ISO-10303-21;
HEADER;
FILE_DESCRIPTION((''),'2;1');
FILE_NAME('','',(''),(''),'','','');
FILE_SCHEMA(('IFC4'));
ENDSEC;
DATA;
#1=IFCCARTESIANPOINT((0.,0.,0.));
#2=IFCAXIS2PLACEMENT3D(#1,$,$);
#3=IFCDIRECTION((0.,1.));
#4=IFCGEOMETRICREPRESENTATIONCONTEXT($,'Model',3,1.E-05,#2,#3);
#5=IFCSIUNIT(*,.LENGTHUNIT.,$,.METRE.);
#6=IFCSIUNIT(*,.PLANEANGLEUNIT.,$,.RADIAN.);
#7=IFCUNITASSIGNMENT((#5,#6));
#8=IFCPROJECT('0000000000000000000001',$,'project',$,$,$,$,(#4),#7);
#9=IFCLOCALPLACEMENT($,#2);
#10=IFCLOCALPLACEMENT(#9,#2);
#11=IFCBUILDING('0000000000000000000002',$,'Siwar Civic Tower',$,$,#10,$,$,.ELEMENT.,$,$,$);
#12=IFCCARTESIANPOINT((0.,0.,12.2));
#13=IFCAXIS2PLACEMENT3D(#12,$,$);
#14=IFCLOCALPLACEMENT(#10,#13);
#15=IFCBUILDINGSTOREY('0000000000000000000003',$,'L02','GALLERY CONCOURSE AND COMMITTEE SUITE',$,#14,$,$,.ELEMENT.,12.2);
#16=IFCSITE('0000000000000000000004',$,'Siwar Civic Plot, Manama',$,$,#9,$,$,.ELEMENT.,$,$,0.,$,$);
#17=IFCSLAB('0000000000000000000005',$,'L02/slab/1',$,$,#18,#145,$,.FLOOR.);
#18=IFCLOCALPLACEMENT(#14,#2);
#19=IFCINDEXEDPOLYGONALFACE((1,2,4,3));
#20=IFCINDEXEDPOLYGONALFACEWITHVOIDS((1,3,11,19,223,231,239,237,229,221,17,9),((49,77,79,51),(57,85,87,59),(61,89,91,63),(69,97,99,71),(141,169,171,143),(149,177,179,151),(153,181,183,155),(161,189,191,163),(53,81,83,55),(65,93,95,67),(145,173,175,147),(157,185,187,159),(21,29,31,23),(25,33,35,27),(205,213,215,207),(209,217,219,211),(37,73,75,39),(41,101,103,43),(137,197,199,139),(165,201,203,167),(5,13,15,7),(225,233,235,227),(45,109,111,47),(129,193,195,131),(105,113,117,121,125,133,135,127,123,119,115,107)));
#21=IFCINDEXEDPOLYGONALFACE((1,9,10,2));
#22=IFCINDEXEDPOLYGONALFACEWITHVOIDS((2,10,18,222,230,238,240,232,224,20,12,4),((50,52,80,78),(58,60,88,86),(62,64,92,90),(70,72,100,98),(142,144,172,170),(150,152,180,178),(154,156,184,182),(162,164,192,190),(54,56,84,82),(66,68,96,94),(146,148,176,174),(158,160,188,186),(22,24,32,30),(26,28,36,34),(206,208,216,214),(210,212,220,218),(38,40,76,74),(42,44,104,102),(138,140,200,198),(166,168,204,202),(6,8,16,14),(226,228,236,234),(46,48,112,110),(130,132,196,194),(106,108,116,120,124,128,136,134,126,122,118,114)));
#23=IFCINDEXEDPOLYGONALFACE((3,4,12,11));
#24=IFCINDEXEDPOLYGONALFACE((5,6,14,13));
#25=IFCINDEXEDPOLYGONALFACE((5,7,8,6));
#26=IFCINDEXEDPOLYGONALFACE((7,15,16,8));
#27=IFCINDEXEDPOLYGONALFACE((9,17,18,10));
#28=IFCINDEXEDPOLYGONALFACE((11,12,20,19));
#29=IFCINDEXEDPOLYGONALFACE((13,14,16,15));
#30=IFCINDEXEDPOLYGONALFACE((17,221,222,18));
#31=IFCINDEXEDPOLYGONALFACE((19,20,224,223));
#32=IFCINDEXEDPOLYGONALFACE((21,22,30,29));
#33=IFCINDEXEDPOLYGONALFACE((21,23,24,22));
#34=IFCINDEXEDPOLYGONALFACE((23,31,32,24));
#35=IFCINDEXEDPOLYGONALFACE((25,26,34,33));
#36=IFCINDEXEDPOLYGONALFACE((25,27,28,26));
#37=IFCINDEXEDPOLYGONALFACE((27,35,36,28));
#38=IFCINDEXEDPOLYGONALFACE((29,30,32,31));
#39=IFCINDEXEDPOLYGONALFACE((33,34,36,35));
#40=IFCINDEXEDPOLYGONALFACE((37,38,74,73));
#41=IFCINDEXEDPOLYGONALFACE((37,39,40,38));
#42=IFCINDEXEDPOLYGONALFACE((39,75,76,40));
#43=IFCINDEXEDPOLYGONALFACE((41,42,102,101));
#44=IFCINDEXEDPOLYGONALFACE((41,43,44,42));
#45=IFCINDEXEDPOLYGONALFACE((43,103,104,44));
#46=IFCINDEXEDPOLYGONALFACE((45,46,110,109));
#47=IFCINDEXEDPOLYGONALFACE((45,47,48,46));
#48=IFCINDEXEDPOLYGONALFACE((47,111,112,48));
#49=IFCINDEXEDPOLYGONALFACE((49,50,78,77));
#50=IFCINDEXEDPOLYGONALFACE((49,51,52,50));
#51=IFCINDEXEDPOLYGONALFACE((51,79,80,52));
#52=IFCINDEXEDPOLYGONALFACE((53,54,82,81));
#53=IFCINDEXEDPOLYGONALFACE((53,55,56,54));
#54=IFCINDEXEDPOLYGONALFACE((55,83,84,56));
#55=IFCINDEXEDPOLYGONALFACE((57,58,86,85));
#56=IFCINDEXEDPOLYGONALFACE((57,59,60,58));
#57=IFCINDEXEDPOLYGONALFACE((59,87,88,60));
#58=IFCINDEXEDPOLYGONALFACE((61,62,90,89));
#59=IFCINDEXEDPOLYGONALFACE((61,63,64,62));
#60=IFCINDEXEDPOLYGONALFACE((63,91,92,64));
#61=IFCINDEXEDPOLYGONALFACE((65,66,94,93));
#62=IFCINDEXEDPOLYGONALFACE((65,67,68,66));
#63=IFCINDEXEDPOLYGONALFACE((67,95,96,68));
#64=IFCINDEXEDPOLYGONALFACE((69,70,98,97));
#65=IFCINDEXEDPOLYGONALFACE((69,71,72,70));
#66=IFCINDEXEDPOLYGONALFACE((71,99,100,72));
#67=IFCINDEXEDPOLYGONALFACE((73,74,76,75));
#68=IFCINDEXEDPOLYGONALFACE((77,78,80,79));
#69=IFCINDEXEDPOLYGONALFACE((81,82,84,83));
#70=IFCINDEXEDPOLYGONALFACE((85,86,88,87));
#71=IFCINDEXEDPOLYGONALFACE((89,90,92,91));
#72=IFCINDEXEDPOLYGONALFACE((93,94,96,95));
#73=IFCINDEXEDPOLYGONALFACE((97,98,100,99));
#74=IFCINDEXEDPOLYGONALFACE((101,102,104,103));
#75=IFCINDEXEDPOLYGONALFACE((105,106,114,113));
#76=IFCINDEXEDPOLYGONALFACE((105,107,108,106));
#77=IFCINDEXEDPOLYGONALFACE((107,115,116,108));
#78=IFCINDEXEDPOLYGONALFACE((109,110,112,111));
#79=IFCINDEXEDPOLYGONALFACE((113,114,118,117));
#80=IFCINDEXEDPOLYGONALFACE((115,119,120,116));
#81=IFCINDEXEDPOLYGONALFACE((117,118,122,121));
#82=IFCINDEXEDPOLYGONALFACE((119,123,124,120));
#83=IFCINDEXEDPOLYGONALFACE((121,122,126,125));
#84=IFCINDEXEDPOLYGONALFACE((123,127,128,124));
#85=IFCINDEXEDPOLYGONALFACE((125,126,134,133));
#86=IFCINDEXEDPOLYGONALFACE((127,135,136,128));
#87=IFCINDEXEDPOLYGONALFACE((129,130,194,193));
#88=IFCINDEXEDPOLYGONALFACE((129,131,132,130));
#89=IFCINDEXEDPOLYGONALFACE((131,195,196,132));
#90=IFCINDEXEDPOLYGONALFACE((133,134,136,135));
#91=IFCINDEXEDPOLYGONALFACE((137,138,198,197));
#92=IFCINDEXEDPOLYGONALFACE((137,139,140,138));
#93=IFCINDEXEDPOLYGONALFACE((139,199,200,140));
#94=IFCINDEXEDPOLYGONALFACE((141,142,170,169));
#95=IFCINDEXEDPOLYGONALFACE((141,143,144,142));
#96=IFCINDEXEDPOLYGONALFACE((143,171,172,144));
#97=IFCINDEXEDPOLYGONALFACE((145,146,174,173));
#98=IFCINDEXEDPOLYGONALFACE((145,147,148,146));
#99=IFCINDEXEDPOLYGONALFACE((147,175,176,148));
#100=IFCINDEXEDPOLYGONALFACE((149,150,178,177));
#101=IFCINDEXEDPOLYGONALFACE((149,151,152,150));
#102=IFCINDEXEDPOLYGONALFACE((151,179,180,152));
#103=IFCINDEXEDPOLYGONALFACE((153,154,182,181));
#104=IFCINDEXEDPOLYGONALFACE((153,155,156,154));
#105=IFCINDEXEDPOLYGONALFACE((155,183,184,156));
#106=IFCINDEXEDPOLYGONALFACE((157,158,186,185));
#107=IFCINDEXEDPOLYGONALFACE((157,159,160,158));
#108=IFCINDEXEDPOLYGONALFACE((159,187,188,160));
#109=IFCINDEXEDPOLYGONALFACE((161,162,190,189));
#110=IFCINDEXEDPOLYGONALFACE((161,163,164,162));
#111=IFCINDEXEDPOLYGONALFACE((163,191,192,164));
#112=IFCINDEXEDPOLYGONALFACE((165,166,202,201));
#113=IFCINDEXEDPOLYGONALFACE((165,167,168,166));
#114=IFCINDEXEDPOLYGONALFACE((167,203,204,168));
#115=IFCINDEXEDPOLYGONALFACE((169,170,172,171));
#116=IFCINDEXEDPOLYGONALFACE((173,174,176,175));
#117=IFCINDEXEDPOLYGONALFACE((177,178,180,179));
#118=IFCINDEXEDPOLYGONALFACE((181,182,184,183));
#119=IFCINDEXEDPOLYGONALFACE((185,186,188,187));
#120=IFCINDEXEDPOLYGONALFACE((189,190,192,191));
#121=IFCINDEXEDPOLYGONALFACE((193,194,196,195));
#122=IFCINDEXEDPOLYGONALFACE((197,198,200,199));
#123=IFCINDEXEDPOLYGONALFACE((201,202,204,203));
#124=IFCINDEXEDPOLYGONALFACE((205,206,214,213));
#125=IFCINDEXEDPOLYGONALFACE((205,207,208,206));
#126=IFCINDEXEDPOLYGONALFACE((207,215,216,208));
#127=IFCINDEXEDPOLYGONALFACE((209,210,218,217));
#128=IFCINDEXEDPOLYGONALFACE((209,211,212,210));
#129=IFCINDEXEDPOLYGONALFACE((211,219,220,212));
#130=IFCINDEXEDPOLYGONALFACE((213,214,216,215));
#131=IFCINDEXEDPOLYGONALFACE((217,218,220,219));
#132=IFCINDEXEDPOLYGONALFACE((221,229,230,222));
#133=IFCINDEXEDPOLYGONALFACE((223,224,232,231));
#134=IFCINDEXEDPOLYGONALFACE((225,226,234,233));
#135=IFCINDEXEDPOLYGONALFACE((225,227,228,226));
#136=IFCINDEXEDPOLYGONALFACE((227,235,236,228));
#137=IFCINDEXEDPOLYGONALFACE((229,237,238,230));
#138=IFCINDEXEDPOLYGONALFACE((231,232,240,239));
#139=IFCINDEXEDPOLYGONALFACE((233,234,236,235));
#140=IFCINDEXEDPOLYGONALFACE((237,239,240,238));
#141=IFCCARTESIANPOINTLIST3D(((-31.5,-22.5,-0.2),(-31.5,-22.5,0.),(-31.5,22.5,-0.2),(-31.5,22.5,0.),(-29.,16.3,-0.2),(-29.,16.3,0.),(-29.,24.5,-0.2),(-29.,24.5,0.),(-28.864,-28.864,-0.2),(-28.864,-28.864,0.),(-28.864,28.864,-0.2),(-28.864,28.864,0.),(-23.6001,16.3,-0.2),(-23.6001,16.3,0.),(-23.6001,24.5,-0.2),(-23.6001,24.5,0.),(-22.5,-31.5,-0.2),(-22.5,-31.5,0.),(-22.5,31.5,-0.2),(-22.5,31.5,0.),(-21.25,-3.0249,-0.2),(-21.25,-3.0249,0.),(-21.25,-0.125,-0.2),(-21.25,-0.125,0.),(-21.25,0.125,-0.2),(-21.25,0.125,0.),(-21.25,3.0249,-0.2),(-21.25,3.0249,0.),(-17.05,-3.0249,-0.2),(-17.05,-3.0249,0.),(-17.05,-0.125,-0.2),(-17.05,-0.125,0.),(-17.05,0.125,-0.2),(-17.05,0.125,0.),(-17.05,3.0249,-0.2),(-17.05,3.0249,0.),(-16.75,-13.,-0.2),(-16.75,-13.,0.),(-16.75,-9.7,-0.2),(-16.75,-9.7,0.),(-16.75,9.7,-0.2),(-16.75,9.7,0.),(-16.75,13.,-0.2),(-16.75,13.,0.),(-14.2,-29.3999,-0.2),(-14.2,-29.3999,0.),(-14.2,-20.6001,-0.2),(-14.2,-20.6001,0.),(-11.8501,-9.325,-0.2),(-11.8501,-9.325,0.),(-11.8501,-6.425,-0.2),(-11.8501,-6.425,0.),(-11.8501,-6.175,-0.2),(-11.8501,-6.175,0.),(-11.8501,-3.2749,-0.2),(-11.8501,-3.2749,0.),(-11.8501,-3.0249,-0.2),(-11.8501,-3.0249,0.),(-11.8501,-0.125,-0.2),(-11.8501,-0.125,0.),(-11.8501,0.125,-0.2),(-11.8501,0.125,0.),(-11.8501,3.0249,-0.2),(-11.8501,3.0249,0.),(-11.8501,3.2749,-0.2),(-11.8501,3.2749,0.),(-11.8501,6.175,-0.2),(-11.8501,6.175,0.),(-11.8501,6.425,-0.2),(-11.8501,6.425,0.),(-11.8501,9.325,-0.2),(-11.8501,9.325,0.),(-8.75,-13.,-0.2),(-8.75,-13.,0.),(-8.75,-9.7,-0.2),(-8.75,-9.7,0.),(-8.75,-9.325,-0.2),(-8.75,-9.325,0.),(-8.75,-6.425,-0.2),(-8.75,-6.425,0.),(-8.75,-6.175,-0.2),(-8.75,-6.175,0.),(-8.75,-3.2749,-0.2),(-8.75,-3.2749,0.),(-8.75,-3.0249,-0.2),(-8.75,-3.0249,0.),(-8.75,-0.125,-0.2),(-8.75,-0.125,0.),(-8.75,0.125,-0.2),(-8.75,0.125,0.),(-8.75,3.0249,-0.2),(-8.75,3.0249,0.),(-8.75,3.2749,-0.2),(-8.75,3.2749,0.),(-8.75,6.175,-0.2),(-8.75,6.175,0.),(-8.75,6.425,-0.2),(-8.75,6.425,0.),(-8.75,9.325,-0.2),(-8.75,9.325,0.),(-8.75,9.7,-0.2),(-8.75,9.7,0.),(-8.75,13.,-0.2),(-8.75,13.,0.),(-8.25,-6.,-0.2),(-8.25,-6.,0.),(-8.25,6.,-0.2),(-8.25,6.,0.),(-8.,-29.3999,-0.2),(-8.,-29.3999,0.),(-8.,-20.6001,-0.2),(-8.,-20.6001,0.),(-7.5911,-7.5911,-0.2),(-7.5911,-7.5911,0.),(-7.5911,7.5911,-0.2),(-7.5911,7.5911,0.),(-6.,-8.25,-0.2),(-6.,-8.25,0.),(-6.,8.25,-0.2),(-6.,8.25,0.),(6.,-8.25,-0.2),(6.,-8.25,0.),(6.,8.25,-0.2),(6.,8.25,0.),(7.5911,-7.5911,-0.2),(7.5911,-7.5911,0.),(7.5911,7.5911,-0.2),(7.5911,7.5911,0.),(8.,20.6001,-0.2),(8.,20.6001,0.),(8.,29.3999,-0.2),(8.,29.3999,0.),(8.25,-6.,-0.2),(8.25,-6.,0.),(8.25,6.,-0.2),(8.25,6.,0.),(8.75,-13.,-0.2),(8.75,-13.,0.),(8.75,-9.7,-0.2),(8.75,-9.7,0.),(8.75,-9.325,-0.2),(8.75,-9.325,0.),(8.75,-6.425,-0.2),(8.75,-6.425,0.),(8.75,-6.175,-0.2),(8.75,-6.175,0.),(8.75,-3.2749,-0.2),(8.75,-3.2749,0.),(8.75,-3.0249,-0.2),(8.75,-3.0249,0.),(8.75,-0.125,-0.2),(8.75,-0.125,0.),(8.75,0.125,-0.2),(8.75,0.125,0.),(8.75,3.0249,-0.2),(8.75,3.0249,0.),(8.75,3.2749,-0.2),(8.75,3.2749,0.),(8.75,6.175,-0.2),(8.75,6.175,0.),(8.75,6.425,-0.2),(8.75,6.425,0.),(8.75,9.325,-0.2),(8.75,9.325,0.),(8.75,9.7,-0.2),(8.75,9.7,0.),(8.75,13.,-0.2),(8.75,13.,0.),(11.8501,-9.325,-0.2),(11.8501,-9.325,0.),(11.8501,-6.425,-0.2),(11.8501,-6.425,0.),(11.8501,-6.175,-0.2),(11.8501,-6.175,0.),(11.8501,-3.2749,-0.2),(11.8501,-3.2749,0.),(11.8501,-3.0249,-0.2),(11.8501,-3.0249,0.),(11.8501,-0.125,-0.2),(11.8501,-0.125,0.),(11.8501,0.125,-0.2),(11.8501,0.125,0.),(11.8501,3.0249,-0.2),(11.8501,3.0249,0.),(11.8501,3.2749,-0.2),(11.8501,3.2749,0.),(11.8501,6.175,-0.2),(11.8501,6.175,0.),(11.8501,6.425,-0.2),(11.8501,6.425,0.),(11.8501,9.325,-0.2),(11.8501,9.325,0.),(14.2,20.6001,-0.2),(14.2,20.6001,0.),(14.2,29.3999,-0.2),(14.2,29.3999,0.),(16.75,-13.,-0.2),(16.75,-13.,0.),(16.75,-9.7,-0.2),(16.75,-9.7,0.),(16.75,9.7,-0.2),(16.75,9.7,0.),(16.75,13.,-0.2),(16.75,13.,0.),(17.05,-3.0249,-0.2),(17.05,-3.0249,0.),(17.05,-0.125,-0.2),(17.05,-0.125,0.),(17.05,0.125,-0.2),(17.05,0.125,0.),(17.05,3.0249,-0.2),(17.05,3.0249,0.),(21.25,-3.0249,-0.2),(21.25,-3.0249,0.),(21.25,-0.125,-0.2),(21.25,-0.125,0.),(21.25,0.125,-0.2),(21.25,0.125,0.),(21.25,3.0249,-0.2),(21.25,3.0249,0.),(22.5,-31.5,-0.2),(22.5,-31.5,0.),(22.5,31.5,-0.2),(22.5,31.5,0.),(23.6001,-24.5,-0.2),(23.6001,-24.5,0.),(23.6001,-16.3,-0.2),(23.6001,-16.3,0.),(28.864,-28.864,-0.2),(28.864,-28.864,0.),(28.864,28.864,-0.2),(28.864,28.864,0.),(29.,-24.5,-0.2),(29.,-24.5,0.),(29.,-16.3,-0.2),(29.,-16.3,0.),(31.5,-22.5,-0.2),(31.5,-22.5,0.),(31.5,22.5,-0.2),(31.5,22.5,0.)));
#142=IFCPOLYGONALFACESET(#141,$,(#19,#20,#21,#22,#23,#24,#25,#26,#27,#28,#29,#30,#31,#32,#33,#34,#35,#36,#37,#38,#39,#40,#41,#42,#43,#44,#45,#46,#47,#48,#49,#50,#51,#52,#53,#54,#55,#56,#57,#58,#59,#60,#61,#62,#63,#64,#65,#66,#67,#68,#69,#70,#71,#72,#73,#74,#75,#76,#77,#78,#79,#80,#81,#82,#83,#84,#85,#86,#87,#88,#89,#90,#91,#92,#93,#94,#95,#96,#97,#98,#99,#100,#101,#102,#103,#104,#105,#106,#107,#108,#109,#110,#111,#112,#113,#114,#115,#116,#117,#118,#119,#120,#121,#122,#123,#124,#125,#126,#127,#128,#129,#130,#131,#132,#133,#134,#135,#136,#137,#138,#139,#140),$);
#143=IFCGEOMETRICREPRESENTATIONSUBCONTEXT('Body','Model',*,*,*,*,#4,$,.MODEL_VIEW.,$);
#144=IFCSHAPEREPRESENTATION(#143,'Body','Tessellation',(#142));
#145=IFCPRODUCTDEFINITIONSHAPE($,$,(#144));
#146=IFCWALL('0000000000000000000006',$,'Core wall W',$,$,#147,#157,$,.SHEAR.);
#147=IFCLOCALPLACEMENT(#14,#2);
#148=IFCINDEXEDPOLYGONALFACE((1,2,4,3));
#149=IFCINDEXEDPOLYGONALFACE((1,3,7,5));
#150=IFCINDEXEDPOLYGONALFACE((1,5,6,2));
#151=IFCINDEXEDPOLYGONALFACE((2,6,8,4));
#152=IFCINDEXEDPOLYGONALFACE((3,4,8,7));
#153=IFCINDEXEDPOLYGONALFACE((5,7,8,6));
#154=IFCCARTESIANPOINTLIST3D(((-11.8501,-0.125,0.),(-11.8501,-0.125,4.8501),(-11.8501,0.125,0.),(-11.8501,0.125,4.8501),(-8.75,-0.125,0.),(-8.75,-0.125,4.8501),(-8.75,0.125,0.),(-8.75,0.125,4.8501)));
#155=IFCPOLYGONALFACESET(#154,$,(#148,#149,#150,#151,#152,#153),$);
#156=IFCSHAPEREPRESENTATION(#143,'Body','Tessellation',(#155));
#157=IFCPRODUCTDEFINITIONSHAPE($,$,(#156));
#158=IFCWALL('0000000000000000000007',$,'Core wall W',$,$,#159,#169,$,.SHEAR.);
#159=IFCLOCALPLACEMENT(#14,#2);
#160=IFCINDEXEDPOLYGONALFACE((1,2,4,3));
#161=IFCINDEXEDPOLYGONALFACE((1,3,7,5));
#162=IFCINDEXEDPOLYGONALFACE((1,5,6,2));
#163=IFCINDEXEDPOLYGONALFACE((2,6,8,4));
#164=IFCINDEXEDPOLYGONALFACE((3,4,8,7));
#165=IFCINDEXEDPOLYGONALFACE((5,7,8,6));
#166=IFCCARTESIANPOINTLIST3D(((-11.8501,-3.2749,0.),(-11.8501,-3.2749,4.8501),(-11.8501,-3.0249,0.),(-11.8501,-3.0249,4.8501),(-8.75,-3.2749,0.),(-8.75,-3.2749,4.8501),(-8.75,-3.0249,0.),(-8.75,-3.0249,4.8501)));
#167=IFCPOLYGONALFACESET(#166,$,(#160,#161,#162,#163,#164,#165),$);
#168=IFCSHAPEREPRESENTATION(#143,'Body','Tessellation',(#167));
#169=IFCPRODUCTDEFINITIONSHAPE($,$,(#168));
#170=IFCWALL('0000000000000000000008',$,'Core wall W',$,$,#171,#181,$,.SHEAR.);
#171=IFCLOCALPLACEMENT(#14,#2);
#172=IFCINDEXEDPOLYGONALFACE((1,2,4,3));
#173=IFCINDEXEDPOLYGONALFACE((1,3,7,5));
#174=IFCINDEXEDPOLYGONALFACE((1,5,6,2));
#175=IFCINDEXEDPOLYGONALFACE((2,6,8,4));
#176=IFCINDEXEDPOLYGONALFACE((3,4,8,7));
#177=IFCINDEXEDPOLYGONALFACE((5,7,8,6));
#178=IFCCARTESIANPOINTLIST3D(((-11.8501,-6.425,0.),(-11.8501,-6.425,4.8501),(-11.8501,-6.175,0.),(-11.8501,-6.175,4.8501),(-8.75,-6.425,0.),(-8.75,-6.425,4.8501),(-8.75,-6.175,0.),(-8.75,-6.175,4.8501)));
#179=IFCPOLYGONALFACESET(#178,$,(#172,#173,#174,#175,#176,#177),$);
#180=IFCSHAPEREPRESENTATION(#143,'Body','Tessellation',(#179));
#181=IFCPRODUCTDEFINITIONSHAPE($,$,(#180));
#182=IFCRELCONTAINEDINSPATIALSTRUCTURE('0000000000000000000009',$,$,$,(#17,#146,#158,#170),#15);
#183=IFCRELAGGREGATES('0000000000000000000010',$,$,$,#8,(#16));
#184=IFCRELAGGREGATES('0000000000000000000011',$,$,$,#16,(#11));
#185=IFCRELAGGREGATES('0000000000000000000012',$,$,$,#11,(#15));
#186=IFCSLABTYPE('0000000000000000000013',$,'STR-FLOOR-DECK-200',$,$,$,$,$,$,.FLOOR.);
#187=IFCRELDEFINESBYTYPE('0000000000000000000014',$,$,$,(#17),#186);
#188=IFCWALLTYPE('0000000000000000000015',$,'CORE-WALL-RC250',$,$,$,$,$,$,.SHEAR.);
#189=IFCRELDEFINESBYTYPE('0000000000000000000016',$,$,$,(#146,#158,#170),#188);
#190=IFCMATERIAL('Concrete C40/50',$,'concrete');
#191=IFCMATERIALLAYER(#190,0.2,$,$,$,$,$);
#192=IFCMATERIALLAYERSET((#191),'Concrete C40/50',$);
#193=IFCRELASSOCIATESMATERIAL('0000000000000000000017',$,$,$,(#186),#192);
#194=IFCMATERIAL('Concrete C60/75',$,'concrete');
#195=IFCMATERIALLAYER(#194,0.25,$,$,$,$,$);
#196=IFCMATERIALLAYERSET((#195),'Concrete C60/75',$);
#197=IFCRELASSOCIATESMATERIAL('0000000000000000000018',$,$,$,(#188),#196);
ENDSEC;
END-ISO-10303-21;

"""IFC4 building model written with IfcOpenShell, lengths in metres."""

from ifc_helpers import new_model, si_unit, direction, frame, frame_2d, origin, place, context, subcontext, project, spatial, polyline, rectangle, outline, extrude, material, layer, layer_set, type_object, element, save


model = new_model("IFC4")

# Units and contexts
model_context = context("Model", 3, precision=1e-05, world=origin(), true_north=direction((0.0, 1.0)))
body_context = subcontext(model_context, "Body", "Model", "MODEL_VIEW")
ifc_project = project(units=[si_unit("LENGTHUNIT", "METRE"), si_unit("PLANEANGLEUNIT", "RADIAN")], contexts=[model_context])

# Site, building, storey
site_placement = place(None, origin())
site = spatial("IfcSite", under=ifc_project, at=site_placement, Name="Siwar Civic Plot, Manama", CompositionType="ELEMENT", RefElevation=0.0)
building_placement = place(site_placement, origin())
building = spatial("IfcBuilding", under=site, at=building_placement, Name="Siwar Civic Tower", CompositionType="ELEMENT")
storey_placement = place(building_placement, frame((0.0, 0.0, 12.2)))
storey = spatial("IfcBuildingStorey", under=building, at=storey_placement, Name="L02", Description="GALLERY CONCOURSE AND COMMITTEE SUITE", CompositionType="ELEMENT", Elevation=12.2)

# Slab
ifc_material_1 = material(Name="Concrete C40/50", Category="concrete")
ifc_layer_1 = layer(ifc_material_1, 0.2)
ifc_layer_set_1 = layer_set([ifc_layer_1], Name="Concrete C40/50")
slab_type = type_object("IfcSlabType", Name="STR-FLOOR-DECK-200", PredefinedType="FLOOR", material=ifc_layer_set_1)
slab_placement = place(storey_placement, frame((0.0, 0.0, -0.2)))
element("IfcSlab", 1, at=slab_placement, inside=storey, type_object=slab_type, Name="L02/slab/1", PredefinedType="FLOOR", context=body_context, shape_type="SweptSolid", body=[
    extrude(outline(polyline([(-22.5, -31.5), (22.5, -31.5), (28.864, -28.864), (31.5, -22.5), (31.5, 22.5), (28.864, 28.864), (22.5, 31.5), (-22.5, 31.5), (-28.864, 28.864), (-31.5, 22.5), (-31.5, -22.5), (-28.864, -28.864), (-22.5, -31.5)]), holes=[polyline([(29.0, -16.3), (29.0, -24.5), (23.6001, -24.5), (23.6001, -16.3), (29.0, -16.3)]), polyline([(21.25, 3.0249), (21.25, 0.125), (17.05, 0.125), (17.05, 3.0249), (21.25, 3.0249)]), polyline([(17.05, -0.125), (21.25, -0.125), (21.25, -3.0249), (17.05, -3.0249), (17.05, -0.125)]), polyline([(16.75, 13.0), (16.75, 9.7), (8.75, 9.7), (8.75, 13.0), (16.75, 13.0)]), polyline([(16.75, -9.7), (16.75, -13.0), (8.75, -13.0), (8.75, -9.7), (16.75, -9.7)]), polyline([(14.2, 29.3999), (14.2, 20.6001), (8.0, 20.6001), (8.0, 29.3999), (14.2, 29.3999)]), polyline([(11.8501, 9.325), (11.8501, 6.425), (8.75, 6.425), (8.75, 9.325), (11.8501, 9.325)]), polyline([(11.8501, 6.175), (11.8501, 3.2749), (8.75, 3.2749), (8.75, 6.175), (11.8501, 6.175)]), polyline([(11.8501, 3.0249), (11.8501, 0.125), (8.75, 0.125), (8.75, 3.0249), (11.8501, 3.0249)]), polyline([(11.8501, -0.125), (11.8501, -3.0249), (8.75, -3.0249), (8.75, -0.125), (11.8501, -0.125)]), polyline([(11.8501, -3.2749), (11.8501, -6.175), (8.75, -6.175), (8.75, -3.2749), (11.8501, -3.2749)]), polyline([(8.75, -6.425), (11.8501, -6.425), (11.8501, -9.325), (8.75, -9.325), (8.75, -6.425)]), polyline([(-6.0, 8.25), (6.0, 8.25), (7.5911, 7.5911), (8.25, 6.0), (8.25, -6.0), (7.5911, -7.5911), (6.0, -8.25), (-6.0, -8.25), (-7.5911, -7.5911), (-8.25, -6.0), (-8.25, 6.0), (-7.5911, 7.5911), (-6.0, 8.25)]), polyline([(-14.2, -20.6001), (-8.0, -20.6001), (-8.0, -29.3999), (-14.2, -29.3999), (-14.2, -20.6001)]), polyline([(-8.75, 3.2749), (-11.8501, 3.2749), (-11.8501, 6.175), (-8.75, 6.175), (-8.75, 3.2749)]), polyline([(-8.75, -6.175), (-11.8501, -6.175), (-11.8501, -3.2749), (-8.75, -3.2749), (-8.75, -6.175)]), polyline([(-11.8501, 6.425), (-11.8501, 9.325), (-8.75, 9.325), (-8.75, 6.425), (-11.8501, 6.425)]), polyline([(-11.8501, 0.125), (-11.8501, 3.0249), (-8.75, 3.0249), (-8.75, 0.125), (-11.8501, 0.125)]), polyline([(-11.8501, -3.0249), (-11.8501, -0.125), (-8.75, -0.125), (-8.75, -3.0249), (-11.8501, -3.0249)]), polyline([(-11.8501, -9.325), (-11.8501, -6.425), (-8.75, -6.425), (-8.75, -9.325), (-11.8501, -9.325)]), polyline([(-16.75, 9.7), (-16.75, 13.0), (-8.75, 13.0), (-8.75, 9.7), (-16.75, 9.7)]), polyline([(-16.75, -13.0), (-16.75, -9.7), (-8.75, -9.7), (-8.75, -13.0), (-16.75, -13.0)]), polyline([(-21.25, 0.125), (-21.25, 3.0249), (-17.05, 3.0249), (-17.05, 0.125), (-21.25, 0.125)]), polyline([(-21.25, -3.0249), (-21.25, -0.125), (-17.05, -0.125), (-17.05, -3.0249), (-21.25, -3.0249)]), polyline([(-29.0, 24.5), (-23.6001, 24.5), (-23.6001, 16.3), (-29.0, 16.3), (-29.0, 24.5)])]), origin(), (0.0, 0.0, 1.0), 0.2),
])

# Walls
ifc_material_2 = material(Name="Concrete C60/75", Category="concrete")
ifc_layer_2 = layer(ifc_material_2, 0.25)
ifc_layer_set_2 = layer_set([ifc_layer_2], Name="Concrete C60/75")
wall_type_1 = type_object("IfcWallType", Name="CORE-WALL-RC250", PredefinedType="SHEAR", material=ifc_layer_set_2)
for number, where, z_axis, x_axis, name in (
    (2, (-8.75, 0.0, 0.0), (0.0, 0.0, 1.0), (-1.0, 0.0, 0.0), "Core wall W"),
    (3, (-8.75, -3.1499, 0.0), (0.0, 0.0, 1.0), (-1.0, 0.0, 0.0), "Core wall W"),
    (4, (-8.75, -6.3, 0.0), (0.0, 0.0, 1.0), (-1.0, 0.0, 0.0), "Core wall W"),
):
    element("IfcWall", number, at=place(storey_placement, frame(where, z_axis=z_axis, x_axis=x_axis)), inside=storey, type_object=wall_type_1, Name=name, PredefinedType="SHEAR", context=body_context, shape_type="SweptSolid", body=[
        extrude(rectangle(XDim=3.1001, YDim=0.25, at=frame_2d((1.55, 0.0))), origin(), (0.0, 0.0, 1.0), 4.8501),
    ])

save(model, "model.ifc")
